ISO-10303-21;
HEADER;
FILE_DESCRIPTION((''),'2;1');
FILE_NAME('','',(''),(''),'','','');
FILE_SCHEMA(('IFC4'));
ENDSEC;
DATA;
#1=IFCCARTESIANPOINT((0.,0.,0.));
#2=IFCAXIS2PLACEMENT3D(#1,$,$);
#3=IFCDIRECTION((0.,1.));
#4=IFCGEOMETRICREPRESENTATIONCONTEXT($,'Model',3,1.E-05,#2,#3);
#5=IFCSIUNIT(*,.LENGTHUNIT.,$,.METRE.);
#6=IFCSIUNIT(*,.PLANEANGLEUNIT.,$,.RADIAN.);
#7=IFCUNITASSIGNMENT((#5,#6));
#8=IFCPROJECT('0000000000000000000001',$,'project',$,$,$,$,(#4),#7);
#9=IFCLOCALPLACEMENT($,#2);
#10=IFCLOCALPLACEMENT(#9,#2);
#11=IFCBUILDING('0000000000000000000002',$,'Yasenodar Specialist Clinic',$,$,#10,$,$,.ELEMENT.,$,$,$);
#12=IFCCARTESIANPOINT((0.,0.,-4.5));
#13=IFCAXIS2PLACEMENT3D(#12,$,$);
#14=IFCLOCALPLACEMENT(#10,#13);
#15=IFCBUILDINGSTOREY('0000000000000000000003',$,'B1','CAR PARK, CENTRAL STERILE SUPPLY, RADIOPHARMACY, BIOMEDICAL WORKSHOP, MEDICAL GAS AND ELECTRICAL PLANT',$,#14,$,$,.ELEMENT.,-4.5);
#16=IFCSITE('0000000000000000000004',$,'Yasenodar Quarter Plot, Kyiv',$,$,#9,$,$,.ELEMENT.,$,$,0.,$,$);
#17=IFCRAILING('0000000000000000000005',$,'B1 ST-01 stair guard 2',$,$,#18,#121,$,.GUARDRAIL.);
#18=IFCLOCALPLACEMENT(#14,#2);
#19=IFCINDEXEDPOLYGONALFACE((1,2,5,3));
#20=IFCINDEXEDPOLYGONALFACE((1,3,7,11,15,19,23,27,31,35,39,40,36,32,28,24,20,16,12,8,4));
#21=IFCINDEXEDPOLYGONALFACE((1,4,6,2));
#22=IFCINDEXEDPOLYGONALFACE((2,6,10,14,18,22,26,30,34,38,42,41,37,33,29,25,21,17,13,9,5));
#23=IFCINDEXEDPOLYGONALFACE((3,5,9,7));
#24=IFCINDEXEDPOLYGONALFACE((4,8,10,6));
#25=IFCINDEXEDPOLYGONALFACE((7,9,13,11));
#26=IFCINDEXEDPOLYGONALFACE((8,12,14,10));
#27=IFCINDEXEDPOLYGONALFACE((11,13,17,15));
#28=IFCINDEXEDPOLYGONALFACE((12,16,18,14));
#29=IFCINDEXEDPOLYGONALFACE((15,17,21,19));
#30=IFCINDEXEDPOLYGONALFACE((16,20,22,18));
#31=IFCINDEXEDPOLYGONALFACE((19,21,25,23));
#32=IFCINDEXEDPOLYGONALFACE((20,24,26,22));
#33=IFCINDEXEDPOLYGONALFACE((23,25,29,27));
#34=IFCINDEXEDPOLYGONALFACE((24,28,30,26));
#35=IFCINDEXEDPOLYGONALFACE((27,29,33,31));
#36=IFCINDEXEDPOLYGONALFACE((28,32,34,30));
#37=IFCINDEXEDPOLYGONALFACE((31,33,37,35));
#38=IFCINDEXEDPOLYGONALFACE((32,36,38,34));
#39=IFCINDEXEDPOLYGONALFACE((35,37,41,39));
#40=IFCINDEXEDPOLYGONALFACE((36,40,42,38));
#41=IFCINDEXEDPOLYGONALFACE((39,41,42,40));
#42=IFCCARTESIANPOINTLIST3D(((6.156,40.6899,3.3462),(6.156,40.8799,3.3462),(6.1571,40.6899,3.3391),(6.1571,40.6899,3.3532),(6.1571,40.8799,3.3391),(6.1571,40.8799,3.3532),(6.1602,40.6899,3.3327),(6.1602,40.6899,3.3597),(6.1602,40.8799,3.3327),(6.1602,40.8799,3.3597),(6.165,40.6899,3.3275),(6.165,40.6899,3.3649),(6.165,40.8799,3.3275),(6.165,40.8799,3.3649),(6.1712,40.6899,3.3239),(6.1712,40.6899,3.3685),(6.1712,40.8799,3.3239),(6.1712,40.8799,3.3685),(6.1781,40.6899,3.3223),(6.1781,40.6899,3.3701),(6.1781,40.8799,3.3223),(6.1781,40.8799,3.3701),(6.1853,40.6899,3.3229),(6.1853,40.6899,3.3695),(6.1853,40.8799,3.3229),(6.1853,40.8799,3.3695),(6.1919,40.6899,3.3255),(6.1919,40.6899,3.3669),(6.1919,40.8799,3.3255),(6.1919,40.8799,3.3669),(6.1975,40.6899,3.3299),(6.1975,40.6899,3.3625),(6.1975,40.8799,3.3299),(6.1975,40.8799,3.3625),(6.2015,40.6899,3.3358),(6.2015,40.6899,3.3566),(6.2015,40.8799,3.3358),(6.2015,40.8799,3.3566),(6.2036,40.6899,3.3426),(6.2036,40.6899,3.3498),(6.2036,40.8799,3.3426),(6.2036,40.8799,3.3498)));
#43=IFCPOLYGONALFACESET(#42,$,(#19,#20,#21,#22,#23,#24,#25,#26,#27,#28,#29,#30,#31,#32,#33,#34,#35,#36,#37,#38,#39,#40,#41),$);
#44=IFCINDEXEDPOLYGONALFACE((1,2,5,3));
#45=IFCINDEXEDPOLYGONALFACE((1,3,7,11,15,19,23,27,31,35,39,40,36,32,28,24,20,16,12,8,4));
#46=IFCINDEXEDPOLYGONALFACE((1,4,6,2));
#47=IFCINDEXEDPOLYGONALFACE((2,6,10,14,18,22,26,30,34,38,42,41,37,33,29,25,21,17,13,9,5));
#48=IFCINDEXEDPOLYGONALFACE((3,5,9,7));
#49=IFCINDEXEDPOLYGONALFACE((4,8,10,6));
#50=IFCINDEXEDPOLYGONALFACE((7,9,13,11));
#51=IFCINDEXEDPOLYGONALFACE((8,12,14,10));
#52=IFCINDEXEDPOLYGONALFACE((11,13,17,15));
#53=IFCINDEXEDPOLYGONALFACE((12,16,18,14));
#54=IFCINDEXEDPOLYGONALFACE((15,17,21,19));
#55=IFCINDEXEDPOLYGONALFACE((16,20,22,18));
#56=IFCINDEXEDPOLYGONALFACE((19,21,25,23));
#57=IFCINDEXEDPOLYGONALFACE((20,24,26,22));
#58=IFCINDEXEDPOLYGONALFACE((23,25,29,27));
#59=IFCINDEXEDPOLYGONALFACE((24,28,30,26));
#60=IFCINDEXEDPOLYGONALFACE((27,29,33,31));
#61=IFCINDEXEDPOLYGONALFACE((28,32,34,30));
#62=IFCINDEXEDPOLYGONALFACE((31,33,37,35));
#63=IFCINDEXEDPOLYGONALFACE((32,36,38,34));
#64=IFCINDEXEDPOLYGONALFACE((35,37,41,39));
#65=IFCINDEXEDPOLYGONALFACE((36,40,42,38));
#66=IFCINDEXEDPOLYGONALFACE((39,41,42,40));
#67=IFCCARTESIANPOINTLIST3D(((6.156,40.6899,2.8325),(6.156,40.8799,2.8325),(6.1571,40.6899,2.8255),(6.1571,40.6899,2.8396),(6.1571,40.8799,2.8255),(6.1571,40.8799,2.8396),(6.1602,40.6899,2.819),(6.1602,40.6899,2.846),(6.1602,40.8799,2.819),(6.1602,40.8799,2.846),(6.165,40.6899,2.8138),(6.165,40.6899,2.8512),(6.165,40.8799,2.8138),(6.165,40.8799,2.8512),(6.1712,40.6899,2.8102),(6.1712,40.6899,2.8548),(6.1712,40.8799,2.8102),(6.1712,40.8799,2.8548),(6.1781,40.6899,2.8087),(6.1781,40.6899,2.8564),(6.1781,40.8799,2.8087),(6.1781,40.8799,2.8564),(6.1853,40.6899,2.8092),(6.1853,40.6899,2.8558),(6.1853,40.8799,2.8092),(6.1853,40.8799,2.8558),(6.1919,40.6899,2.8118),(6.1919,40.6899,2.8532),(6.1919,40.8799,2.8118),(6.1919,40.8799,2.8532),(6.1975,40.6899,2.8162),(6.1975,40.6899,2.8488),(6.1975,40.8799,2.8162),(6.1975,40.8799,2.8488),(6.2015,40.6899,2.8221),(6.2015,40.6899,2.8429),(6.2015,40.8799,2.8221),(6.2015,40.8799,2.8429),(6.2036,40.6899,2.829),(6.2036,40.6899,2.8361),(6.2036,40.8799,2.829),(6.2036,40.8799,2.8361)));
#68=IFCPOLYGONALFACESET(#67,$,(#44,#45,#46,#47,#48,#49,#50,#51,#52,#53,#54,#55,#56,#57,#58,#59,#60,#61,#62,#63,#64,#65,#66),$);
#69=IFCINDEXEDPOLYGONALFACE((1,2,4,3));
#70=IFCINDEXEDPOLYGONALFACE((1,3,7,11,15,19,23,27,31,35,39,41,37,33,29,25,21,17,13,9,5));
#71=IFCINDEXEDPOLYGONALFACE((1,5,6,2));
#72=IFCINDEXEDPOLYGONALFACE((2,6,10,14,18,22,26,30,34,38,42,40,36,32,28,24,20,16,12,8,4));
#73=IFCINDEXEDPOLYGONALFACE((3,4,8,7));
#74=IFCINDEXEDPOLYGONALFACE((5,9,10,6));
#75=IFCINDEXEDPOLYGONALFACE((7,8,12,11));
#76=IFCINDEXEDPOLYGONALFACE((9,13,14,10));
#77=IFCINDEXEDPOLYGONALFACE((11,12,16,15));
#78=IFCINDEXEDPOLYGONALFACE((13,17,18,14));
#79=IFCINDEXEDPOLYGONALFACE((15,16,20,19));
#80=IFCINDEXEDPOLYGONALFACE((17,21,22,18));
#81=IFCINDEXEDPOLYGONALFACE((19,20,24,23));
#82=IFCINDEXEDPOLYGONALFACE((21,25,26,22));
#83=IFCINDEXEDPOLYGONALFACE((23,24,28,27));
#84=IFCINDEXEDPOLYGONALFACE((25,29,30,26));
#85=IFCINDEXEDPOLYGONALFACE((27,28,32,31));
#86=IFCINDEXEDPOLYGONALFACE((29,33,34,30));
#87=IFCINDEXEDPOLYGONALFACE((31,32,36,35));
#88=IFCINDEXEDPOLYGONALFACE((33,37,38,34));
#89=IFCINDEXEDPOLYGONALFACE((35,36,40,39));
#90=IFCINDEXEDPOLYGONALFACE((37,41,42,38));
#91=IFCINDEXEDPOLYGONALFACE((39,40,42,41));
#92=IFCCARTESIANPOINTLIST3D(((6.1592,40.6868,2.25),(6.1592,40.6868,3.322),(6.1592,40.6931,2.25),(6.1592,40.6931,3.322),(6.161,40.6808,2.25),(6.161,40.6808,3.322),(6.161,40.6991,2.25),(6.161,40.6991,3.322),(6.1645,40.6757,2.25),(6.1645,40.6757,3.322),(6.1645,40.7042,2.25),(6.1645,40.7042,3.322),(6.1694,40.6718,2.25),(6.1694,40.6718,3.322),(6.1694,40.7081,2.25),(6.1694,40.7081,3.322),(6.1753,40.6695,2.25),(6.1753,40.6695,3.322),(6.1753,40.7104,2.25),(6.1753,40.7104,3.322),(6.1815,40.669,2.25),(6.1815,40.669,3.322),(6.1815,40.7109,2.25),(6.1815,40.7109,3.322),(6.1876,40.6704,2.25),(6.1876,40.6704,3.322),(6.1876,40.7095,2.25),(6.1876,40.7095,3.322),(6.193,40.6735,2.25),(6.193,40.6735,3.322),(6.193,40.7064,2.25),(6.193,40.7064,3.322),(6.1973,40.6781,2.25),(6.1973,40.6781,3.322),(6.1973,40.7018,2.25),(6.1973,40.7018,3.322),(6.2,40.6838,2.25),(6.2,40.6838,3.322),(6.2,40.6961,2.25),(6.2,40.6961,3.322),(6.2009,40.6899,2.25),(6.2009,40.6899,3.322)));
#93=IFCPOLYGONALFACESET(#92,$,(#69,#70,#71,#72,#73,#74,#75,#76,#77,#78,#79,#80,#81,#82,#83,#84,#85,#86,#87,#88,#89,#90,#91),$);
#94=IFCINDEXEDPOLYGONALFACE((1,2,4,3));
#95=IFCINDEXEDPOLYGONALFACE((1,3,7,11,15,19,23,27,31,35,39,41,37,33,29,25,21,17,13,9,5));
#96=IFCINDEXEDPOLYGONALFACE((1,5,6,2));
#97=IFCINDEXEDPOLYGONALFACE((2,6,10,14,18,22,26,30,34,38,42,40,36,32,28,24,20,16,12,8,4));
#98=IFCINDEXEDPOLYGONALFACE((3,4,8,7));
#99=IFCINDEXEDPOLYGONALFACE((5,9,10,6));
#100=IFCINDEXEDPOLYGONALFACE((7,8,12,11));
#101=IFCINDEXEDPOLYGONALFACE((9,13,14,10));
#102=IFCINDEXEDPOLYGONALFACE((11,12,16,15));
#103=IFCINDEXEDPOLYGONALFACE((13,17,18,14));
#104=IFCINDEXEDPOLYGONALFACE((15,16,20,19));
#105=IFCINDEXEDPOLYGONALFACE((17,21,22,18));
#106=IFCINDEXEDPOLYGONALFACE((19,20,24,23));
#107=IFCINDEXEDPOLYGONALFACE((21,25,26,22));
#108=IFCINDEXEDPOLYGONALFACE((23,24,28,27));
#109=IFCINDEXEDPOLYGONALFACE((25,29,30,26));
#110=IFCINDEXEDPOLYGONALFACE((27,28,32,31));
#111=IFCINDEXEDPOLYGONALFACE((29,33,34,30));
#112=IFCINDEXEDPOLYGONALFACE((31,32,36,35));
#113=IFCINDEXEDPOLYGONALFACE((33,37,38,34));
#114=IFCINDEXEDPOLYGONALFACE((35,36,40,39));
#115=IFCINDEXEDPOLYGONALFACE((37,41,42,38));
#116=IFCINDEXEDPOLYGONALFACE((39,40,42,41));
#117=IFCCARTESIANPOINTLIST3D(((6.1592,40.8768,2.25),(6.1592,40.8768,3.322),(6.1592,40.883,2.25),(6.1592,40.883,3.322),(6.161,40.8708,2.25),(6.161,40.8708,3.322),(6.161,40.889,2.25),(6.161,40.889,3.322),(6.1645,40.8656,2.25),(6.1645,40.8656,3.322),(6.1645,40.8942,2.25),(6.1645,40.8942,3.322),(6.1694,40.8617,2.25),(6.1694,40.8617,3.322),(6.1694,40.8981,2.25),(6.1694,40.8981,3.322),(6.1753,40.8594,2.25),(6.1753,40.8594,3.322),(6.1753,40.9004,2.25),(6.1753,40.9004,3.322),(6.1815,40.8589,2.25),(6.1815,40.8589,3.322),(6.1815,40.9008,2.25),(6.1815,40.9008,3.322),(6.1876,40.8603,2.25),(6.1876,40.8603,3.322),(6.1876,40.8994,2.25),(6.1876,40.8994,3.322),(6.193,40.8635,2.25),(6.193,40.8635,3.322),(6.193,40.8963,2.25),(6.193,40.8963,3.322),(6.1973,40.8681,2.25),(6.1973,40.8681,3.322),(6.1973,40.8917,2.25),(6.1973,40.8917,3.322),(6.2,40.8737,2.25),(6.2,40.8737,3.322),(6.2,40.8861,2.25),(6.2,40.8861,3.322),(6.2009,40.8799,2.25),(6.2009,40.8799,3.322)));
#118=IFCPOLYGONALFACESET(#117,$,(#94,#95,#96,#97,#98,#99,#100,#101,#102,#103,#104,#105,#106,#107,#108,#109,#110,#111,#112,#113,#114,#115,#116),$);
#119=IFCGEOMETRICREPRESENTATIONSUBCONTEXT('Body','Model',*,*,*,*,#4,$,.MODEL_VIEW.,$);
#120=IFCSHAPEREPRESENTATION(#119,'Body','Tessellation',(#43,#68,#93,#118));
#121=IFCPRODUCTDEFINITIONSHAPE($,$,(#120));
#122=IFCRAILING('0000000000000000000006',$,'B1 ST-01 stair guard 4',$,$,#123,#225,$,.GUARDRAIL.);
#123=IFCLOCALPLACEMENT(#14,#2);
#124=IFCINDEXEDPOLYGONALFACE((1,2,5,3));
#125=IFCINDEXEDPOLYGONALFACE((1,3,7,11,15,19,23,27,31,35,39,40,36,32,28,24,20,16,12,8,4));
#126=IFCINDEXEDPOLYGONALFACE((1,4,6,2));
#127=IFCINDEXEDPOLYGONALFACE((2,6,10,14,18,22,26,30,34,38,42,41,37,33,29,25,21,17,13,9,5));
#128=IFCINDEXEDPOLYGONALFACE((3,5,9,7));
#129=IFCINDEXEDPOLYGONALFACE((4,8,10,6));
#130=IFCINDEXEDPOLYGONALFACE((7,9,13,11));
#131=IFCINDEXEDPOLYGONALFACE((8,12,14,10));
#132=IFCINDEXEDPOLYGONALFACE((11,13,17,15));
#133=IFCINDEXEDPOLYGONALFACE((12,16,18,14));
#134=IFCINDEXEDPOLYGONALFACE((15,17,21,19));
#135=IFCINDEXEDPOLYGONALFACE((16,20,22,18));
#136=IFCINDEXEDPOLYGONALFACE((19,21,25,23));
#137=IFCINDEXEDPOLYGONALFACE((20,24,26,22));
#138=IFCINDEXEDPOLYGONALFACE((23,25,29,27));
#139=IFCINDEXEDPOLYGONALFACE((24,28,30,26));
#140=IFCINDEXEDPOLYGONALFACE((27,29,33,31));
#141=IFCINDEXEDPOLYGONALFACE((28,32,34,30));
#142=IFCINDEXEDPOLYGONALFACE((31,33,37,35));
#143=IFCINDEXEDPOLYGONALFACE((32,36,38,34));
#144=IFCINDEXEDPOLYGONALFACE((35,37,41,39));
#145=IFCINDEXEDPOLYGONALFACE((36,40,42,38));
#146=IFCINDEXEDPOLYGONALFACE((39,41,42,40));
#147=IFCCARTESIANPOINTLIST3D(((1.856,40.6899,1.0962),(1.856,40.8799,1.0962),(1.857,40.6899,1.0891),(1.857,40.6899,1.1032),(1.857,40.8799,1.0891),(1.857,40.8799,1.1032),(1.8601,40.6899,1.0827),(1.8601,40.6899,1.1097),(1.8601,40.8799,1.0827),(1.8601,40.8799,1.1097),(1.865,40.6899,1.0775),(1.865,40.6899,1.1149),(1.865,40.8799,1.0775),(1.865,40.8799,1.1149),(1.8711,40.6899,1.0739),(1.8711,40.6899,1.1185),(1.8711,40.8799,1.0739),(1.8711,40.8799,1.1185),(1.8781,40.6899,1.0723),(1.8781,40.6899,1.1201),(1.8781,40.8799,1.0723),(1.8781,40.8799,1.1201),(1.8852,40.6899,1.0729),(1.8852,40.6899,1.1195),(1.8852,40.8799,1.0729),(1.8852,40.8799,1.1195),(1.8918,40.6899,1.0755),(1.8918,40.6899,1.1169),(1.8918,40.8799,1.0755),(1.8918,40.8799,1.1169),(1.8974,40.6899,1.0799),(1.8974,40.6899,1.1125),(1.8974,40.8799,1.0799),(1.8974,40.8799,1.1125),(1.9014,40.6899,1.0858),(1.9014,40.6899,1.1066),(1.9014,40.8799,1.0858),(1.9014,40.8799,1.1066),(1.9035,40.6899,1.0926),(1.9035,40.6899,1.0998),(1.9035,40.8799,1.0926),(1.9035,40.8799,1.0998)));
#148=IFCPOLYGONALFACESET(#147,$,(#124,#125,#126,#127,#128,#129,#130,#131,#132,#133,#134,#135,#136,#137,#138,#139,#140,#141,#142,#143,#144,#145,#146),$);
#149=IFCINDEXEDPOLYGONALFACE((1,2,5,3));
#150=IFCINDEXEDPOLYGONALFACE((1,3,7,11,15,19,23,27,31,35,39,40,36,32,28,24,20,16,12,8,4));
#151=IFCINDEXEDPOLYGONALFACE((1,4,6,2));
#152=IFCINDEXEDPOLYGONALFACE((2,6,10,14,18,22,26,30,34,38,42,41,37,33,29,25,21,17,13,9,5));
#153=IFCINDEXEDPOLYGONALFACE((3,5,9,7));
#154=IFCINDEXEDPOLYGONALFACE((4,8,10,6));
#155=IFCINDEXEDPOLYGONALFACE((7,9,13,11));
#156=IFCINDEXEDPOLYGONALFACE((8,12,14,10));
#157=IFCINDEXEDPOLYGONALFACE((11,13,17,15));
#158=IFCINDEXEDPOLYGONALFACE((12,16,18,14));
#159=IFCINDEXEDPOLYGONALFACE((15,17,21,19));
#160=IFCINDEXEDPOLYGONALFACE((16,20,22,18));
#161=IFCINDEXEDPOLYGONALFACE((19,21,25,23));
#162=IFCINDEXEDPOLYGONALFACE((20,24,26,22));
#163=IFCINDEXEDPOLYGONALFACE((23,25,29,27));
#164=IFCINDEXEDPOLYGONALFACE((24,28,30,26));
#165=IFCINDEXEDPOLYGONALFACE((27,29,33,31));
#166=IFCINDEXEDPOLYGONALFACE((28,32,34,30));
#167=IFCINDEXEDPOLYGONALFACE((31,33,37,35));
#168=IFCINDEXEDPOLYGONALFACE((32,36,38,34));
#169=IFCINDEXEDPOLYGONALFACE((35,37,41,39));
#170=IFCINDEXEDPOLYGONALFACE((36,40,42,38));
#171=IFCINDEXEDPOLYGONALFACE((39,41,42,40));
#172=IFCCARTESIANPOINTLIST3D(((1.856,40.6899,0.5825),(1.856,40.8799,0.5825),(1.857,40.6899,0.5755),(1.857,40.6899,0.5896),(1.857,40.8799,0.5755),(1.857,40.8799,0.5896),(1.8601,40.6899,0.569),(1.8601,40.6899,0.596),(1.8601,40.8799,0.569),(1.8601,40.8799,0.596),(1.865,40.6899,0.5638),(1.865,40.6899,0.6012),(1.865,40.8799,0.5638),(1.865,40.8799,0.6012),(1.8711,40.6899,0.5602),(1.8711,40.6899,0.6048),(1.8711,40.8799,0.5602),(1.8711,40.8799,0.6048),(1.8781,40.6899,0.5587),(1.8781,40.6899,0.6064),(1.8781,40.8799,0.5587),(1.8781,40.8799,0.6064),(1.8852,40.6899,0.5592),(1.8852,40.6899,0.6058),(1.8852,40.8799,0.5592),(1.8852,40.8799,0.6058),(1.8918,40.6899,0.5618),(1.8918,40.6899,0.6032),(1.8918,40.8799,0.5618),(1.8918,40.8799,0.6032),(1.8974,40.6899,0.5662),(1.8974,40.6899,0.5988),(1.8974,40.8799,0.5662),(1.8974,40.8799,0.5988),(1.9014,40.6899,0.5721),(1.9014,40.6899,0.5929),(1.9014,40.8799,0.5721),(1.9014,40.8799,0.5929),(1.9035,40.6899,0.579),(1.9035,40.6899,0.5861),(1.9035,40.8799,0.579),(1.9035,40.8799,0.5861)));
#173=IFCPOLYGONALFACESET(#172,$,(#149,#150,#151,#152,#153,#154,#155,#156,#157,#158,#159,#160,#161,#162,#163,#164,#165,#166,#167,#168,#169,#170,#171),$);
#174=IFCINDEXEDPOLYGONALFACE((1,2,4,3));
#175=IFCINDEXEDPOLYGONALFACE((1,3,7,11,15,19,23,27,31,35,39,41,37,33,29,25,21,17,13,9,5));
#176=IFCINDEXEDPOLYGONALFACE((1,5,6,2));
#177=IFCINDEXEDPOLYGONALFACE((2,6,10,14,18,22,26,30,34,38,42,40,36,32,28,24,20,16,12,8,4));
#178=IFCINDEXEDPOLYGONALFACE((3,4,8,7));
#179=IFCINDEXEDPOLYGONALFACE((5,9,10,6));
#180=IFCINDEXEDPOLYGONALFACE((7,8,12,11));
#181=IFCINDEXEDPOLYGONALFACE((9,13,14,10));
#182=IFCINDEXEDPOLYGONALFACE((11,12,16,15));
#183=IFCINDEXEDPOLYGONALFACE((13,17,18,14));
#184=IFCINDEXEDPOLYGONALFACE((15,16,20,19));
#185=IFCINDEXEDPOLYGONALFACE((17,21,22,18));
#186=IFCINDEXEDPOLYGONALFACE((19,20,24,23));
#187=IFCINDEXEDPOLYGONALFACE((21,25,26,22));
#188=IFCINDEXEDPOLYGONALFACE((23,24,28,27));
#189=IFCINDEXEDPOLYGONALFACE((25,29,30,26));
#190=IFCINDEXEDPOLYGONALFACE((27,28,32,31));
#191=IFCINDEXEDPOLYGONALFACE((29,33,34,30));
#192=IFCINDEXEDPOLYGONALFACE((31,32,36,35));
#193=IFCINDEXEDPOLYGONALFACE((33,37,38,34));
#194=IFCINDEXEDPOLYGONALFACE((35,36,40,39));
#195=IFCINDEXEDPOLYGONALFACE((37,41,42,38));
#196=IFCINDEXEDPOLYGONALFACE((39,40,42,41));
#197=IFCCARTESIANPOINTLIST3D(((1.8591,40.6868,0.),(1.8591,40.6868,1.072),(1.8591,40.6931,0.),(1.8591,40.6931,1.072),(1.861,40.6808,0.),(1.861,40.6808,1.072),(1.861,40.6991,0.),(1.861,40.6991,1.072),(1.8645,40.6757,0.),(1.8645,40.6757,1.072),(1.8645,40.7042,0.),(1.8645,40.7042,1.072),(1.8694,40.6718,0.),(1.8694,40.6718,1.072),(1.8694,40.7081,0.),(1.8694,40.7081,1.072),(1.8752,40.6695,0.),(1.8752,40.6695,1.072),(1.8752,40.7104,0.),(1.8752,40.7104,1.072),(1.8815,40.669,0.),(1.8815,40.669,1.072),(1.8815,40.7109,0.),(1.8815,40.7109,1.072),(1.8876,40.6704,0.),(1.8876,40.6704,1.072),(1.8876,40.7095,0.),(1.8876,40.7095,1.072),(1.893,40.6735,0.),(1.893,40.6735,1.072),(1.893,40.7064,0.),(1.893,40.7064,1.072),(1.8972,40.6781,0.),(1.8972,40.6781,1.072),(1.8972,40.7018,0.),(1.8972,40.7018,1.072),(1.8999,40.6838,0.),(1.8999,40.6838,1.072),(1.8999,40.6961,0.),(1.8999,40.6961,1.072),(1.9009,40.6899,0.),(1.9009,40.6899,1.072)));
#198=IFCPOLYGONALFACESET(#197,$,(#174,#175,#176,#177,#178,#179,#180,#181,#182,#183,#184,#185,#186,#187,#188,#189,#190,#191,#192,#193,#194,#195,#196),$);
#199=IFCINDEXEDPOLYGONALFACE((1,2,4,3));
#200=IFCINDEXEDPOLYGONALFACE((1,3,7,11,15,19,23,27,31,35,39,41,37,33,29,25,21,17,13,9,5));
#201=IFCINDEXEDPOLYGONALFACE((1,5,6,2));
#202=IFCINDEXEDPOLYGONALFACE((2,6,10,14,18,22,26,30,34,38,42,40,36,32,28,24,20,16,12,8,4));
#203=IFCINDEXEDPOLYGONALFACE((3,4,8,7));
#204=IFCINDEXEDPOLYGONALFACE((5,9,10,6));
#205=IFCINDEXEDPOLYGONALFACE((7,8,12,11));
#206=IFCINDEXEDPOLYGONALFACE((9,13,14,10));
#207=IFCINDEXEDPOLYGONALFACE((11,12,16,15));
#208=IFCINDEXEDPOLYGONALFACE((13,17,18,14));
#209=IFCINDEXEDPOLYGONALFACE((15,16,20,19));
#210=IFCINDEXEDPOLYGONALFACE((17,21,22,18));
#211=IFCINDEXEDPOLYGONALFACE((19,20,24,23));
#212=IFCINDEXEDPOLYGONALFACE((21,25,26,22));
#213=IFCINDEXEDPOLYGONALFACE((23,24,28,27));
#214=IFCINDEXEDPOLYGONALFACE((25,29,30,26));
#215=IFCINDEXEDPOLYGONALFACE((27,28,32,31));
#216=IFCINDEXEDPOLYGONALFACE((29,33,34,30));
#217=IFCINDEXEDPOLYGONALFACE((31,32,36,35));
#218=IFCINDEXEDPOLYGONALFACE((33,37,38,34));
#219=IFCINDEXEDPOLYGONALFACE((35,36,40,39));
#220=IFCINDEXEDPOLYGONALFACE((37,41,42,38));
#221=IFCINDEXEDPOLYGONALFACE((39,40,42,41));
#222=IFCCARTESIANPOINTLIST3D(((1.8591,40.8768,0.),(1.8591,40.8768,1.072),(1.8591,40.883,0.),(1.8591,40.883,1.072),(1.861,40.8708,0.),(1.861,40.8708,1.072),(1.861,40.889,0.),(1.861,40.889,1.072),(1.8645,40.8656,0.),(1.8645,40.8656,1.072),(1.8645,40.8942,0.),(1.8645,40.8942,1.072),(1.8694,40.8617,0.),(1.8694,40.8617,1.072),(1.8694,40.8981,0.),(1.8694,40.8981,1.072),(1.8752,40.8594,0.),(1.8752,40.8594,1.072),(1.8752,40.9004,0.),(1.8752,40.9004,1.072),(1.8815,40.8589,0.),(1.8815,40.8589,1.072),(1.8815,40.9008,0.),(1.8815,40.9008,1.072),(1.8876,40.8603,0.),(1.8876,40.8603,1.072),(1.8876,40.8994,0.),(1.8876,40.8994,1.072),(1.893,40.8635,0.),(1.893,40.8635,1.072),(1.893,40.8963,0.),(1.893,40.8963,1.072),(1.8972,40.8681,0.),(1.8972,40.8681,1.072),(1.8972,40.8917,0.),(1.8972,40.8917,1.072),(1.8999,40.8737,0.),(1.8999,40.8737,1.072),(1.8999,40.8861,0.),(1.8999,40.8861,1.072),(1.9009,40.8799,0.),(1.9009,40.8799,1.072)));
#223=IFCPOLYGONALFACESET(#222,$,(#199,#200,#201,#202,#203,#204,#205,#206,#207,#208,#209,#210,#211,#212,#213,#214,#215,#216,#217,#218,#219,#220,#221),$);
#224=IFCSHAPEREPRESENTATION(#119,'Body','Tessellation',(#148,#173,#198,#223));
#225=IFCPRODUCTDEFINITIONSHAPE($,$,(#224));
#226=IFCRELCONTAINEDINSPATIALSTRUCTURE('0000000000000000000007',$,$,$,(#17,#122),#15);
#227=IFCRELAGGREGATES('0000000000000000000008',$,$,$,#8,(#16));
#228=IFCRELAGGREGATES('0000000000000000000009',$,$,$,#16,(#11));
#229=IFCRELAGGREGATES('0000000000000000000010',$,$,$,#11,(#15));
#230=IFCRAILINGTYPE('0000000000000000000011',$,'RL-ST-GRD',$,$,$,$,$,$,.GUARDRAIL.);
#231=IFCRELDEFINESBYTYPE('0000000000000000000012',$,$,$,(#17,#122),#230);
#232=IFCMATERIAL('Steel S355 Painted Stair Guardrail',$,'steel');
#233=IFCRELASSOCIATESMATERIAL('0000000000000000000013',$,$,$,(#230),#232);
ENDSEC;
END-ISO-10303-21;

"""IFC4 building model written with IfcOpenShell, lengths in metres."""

from ifc_helpers import new_model, si_unit, direction, frame, origin, origin_2d, place, context, subcontext, project, spatial, circle, extrude, material, type_object, element, save


model = new_model("IFC4")

# Units and contexts
model_context = context("Model", 3, precision=1e-05, world=origin(), true_north=direction((0.0, 1.0)))
body_context = subcontext(model_context, "Body", "Model", "MODEL_VIEW")
ifc_project = project(units=[si_unit("LENGTHUNIT", "METRE"), si_unit("PLANEANGLEUNIT", "RADIAN")], contexts=[model_context])

# Site, building, storey
site_placement = place(None, origin())
site = spatial("IfcSite", under=ifc_project, at=site_placement, Name="Yasenodar Quarter Plot, Kyiv", CompositionType="ELEMENT", RefElevation=0.0)
building_placement = place(site_placement, origin())
building = spatial("IfcBuilding", under=site, at=building_placement, Name="Yasenodar Specialist Clinic", CompositionType="ELEMENT")
storey_placement = place(building_placement, frame((0.0, 0.0, -4.5)))
storey = spatial("IfcBuildingStorey", under=building, at=storey_placement, Name="B1", Description="CAR PARK, CENTRAL STERILE SUPPLY, RADIOPHARMACY, BIOMEDICAL WORKSHOP, MEDICAL GAS AND ELECTRICAL PLANT", CompositionType="ELEMENT", Elevation=-4.5)

# Railings
ifc_material_1 = material(Name="Steel S355 Painted Stair Guardrail", Category="steel")
railing_type_1 = type_object("IfcRailingType", Name="RL-ST-GRD", PredefinedType="GUARDRAIL", material=ifc_material_1)
for number, where, name in (
    (1, (6.1799, 40.6899, 2.25), "B1 ST-01 stair guard 2"),
    (2, (1.8799, 40.6899, 0.0), "B1 ST-01 stair guard 4"),
):
    element("IfcRailing", number, at=place(storey_placement, frame(where)), inside=storey, type_object=railing_type_1, Name=name, PredefinedType="GUARDRAIL", context=body_context, shape_type="SweptSolid", body=[
        extrude(circle(Radius=0.0239, at=origin_2d()), frame((0.0, 0.0, 1.0962), z_axis=(0.0, 1.0, 0.0), x_axis=(-1.0, 0.0, 0.0)), (0.0, 0.0, 1.0), 0.1899),
        extrude(circle(Radius=0.0239, at=origin_2d()), frame((0.0, 0.0, 0.5825), z_axis=(0.0, 1.0, 0.0), x_axis=(-1.0, 0.0, 0.0)), (0.0, 0.0, 1.0), 0.1899),
        extrude(circle(Radius=0.021, at=origin_2d()), origin(), (0.0, 0.0, 1.0), 1.072),
        extrude(circle(Radius=0.021, at=origin_2d()), frame((0.0, 0.1899, 0.0)), (0.0, 0.0, 1.0), 1.072),
    ])

save(model, "model.ifc")
